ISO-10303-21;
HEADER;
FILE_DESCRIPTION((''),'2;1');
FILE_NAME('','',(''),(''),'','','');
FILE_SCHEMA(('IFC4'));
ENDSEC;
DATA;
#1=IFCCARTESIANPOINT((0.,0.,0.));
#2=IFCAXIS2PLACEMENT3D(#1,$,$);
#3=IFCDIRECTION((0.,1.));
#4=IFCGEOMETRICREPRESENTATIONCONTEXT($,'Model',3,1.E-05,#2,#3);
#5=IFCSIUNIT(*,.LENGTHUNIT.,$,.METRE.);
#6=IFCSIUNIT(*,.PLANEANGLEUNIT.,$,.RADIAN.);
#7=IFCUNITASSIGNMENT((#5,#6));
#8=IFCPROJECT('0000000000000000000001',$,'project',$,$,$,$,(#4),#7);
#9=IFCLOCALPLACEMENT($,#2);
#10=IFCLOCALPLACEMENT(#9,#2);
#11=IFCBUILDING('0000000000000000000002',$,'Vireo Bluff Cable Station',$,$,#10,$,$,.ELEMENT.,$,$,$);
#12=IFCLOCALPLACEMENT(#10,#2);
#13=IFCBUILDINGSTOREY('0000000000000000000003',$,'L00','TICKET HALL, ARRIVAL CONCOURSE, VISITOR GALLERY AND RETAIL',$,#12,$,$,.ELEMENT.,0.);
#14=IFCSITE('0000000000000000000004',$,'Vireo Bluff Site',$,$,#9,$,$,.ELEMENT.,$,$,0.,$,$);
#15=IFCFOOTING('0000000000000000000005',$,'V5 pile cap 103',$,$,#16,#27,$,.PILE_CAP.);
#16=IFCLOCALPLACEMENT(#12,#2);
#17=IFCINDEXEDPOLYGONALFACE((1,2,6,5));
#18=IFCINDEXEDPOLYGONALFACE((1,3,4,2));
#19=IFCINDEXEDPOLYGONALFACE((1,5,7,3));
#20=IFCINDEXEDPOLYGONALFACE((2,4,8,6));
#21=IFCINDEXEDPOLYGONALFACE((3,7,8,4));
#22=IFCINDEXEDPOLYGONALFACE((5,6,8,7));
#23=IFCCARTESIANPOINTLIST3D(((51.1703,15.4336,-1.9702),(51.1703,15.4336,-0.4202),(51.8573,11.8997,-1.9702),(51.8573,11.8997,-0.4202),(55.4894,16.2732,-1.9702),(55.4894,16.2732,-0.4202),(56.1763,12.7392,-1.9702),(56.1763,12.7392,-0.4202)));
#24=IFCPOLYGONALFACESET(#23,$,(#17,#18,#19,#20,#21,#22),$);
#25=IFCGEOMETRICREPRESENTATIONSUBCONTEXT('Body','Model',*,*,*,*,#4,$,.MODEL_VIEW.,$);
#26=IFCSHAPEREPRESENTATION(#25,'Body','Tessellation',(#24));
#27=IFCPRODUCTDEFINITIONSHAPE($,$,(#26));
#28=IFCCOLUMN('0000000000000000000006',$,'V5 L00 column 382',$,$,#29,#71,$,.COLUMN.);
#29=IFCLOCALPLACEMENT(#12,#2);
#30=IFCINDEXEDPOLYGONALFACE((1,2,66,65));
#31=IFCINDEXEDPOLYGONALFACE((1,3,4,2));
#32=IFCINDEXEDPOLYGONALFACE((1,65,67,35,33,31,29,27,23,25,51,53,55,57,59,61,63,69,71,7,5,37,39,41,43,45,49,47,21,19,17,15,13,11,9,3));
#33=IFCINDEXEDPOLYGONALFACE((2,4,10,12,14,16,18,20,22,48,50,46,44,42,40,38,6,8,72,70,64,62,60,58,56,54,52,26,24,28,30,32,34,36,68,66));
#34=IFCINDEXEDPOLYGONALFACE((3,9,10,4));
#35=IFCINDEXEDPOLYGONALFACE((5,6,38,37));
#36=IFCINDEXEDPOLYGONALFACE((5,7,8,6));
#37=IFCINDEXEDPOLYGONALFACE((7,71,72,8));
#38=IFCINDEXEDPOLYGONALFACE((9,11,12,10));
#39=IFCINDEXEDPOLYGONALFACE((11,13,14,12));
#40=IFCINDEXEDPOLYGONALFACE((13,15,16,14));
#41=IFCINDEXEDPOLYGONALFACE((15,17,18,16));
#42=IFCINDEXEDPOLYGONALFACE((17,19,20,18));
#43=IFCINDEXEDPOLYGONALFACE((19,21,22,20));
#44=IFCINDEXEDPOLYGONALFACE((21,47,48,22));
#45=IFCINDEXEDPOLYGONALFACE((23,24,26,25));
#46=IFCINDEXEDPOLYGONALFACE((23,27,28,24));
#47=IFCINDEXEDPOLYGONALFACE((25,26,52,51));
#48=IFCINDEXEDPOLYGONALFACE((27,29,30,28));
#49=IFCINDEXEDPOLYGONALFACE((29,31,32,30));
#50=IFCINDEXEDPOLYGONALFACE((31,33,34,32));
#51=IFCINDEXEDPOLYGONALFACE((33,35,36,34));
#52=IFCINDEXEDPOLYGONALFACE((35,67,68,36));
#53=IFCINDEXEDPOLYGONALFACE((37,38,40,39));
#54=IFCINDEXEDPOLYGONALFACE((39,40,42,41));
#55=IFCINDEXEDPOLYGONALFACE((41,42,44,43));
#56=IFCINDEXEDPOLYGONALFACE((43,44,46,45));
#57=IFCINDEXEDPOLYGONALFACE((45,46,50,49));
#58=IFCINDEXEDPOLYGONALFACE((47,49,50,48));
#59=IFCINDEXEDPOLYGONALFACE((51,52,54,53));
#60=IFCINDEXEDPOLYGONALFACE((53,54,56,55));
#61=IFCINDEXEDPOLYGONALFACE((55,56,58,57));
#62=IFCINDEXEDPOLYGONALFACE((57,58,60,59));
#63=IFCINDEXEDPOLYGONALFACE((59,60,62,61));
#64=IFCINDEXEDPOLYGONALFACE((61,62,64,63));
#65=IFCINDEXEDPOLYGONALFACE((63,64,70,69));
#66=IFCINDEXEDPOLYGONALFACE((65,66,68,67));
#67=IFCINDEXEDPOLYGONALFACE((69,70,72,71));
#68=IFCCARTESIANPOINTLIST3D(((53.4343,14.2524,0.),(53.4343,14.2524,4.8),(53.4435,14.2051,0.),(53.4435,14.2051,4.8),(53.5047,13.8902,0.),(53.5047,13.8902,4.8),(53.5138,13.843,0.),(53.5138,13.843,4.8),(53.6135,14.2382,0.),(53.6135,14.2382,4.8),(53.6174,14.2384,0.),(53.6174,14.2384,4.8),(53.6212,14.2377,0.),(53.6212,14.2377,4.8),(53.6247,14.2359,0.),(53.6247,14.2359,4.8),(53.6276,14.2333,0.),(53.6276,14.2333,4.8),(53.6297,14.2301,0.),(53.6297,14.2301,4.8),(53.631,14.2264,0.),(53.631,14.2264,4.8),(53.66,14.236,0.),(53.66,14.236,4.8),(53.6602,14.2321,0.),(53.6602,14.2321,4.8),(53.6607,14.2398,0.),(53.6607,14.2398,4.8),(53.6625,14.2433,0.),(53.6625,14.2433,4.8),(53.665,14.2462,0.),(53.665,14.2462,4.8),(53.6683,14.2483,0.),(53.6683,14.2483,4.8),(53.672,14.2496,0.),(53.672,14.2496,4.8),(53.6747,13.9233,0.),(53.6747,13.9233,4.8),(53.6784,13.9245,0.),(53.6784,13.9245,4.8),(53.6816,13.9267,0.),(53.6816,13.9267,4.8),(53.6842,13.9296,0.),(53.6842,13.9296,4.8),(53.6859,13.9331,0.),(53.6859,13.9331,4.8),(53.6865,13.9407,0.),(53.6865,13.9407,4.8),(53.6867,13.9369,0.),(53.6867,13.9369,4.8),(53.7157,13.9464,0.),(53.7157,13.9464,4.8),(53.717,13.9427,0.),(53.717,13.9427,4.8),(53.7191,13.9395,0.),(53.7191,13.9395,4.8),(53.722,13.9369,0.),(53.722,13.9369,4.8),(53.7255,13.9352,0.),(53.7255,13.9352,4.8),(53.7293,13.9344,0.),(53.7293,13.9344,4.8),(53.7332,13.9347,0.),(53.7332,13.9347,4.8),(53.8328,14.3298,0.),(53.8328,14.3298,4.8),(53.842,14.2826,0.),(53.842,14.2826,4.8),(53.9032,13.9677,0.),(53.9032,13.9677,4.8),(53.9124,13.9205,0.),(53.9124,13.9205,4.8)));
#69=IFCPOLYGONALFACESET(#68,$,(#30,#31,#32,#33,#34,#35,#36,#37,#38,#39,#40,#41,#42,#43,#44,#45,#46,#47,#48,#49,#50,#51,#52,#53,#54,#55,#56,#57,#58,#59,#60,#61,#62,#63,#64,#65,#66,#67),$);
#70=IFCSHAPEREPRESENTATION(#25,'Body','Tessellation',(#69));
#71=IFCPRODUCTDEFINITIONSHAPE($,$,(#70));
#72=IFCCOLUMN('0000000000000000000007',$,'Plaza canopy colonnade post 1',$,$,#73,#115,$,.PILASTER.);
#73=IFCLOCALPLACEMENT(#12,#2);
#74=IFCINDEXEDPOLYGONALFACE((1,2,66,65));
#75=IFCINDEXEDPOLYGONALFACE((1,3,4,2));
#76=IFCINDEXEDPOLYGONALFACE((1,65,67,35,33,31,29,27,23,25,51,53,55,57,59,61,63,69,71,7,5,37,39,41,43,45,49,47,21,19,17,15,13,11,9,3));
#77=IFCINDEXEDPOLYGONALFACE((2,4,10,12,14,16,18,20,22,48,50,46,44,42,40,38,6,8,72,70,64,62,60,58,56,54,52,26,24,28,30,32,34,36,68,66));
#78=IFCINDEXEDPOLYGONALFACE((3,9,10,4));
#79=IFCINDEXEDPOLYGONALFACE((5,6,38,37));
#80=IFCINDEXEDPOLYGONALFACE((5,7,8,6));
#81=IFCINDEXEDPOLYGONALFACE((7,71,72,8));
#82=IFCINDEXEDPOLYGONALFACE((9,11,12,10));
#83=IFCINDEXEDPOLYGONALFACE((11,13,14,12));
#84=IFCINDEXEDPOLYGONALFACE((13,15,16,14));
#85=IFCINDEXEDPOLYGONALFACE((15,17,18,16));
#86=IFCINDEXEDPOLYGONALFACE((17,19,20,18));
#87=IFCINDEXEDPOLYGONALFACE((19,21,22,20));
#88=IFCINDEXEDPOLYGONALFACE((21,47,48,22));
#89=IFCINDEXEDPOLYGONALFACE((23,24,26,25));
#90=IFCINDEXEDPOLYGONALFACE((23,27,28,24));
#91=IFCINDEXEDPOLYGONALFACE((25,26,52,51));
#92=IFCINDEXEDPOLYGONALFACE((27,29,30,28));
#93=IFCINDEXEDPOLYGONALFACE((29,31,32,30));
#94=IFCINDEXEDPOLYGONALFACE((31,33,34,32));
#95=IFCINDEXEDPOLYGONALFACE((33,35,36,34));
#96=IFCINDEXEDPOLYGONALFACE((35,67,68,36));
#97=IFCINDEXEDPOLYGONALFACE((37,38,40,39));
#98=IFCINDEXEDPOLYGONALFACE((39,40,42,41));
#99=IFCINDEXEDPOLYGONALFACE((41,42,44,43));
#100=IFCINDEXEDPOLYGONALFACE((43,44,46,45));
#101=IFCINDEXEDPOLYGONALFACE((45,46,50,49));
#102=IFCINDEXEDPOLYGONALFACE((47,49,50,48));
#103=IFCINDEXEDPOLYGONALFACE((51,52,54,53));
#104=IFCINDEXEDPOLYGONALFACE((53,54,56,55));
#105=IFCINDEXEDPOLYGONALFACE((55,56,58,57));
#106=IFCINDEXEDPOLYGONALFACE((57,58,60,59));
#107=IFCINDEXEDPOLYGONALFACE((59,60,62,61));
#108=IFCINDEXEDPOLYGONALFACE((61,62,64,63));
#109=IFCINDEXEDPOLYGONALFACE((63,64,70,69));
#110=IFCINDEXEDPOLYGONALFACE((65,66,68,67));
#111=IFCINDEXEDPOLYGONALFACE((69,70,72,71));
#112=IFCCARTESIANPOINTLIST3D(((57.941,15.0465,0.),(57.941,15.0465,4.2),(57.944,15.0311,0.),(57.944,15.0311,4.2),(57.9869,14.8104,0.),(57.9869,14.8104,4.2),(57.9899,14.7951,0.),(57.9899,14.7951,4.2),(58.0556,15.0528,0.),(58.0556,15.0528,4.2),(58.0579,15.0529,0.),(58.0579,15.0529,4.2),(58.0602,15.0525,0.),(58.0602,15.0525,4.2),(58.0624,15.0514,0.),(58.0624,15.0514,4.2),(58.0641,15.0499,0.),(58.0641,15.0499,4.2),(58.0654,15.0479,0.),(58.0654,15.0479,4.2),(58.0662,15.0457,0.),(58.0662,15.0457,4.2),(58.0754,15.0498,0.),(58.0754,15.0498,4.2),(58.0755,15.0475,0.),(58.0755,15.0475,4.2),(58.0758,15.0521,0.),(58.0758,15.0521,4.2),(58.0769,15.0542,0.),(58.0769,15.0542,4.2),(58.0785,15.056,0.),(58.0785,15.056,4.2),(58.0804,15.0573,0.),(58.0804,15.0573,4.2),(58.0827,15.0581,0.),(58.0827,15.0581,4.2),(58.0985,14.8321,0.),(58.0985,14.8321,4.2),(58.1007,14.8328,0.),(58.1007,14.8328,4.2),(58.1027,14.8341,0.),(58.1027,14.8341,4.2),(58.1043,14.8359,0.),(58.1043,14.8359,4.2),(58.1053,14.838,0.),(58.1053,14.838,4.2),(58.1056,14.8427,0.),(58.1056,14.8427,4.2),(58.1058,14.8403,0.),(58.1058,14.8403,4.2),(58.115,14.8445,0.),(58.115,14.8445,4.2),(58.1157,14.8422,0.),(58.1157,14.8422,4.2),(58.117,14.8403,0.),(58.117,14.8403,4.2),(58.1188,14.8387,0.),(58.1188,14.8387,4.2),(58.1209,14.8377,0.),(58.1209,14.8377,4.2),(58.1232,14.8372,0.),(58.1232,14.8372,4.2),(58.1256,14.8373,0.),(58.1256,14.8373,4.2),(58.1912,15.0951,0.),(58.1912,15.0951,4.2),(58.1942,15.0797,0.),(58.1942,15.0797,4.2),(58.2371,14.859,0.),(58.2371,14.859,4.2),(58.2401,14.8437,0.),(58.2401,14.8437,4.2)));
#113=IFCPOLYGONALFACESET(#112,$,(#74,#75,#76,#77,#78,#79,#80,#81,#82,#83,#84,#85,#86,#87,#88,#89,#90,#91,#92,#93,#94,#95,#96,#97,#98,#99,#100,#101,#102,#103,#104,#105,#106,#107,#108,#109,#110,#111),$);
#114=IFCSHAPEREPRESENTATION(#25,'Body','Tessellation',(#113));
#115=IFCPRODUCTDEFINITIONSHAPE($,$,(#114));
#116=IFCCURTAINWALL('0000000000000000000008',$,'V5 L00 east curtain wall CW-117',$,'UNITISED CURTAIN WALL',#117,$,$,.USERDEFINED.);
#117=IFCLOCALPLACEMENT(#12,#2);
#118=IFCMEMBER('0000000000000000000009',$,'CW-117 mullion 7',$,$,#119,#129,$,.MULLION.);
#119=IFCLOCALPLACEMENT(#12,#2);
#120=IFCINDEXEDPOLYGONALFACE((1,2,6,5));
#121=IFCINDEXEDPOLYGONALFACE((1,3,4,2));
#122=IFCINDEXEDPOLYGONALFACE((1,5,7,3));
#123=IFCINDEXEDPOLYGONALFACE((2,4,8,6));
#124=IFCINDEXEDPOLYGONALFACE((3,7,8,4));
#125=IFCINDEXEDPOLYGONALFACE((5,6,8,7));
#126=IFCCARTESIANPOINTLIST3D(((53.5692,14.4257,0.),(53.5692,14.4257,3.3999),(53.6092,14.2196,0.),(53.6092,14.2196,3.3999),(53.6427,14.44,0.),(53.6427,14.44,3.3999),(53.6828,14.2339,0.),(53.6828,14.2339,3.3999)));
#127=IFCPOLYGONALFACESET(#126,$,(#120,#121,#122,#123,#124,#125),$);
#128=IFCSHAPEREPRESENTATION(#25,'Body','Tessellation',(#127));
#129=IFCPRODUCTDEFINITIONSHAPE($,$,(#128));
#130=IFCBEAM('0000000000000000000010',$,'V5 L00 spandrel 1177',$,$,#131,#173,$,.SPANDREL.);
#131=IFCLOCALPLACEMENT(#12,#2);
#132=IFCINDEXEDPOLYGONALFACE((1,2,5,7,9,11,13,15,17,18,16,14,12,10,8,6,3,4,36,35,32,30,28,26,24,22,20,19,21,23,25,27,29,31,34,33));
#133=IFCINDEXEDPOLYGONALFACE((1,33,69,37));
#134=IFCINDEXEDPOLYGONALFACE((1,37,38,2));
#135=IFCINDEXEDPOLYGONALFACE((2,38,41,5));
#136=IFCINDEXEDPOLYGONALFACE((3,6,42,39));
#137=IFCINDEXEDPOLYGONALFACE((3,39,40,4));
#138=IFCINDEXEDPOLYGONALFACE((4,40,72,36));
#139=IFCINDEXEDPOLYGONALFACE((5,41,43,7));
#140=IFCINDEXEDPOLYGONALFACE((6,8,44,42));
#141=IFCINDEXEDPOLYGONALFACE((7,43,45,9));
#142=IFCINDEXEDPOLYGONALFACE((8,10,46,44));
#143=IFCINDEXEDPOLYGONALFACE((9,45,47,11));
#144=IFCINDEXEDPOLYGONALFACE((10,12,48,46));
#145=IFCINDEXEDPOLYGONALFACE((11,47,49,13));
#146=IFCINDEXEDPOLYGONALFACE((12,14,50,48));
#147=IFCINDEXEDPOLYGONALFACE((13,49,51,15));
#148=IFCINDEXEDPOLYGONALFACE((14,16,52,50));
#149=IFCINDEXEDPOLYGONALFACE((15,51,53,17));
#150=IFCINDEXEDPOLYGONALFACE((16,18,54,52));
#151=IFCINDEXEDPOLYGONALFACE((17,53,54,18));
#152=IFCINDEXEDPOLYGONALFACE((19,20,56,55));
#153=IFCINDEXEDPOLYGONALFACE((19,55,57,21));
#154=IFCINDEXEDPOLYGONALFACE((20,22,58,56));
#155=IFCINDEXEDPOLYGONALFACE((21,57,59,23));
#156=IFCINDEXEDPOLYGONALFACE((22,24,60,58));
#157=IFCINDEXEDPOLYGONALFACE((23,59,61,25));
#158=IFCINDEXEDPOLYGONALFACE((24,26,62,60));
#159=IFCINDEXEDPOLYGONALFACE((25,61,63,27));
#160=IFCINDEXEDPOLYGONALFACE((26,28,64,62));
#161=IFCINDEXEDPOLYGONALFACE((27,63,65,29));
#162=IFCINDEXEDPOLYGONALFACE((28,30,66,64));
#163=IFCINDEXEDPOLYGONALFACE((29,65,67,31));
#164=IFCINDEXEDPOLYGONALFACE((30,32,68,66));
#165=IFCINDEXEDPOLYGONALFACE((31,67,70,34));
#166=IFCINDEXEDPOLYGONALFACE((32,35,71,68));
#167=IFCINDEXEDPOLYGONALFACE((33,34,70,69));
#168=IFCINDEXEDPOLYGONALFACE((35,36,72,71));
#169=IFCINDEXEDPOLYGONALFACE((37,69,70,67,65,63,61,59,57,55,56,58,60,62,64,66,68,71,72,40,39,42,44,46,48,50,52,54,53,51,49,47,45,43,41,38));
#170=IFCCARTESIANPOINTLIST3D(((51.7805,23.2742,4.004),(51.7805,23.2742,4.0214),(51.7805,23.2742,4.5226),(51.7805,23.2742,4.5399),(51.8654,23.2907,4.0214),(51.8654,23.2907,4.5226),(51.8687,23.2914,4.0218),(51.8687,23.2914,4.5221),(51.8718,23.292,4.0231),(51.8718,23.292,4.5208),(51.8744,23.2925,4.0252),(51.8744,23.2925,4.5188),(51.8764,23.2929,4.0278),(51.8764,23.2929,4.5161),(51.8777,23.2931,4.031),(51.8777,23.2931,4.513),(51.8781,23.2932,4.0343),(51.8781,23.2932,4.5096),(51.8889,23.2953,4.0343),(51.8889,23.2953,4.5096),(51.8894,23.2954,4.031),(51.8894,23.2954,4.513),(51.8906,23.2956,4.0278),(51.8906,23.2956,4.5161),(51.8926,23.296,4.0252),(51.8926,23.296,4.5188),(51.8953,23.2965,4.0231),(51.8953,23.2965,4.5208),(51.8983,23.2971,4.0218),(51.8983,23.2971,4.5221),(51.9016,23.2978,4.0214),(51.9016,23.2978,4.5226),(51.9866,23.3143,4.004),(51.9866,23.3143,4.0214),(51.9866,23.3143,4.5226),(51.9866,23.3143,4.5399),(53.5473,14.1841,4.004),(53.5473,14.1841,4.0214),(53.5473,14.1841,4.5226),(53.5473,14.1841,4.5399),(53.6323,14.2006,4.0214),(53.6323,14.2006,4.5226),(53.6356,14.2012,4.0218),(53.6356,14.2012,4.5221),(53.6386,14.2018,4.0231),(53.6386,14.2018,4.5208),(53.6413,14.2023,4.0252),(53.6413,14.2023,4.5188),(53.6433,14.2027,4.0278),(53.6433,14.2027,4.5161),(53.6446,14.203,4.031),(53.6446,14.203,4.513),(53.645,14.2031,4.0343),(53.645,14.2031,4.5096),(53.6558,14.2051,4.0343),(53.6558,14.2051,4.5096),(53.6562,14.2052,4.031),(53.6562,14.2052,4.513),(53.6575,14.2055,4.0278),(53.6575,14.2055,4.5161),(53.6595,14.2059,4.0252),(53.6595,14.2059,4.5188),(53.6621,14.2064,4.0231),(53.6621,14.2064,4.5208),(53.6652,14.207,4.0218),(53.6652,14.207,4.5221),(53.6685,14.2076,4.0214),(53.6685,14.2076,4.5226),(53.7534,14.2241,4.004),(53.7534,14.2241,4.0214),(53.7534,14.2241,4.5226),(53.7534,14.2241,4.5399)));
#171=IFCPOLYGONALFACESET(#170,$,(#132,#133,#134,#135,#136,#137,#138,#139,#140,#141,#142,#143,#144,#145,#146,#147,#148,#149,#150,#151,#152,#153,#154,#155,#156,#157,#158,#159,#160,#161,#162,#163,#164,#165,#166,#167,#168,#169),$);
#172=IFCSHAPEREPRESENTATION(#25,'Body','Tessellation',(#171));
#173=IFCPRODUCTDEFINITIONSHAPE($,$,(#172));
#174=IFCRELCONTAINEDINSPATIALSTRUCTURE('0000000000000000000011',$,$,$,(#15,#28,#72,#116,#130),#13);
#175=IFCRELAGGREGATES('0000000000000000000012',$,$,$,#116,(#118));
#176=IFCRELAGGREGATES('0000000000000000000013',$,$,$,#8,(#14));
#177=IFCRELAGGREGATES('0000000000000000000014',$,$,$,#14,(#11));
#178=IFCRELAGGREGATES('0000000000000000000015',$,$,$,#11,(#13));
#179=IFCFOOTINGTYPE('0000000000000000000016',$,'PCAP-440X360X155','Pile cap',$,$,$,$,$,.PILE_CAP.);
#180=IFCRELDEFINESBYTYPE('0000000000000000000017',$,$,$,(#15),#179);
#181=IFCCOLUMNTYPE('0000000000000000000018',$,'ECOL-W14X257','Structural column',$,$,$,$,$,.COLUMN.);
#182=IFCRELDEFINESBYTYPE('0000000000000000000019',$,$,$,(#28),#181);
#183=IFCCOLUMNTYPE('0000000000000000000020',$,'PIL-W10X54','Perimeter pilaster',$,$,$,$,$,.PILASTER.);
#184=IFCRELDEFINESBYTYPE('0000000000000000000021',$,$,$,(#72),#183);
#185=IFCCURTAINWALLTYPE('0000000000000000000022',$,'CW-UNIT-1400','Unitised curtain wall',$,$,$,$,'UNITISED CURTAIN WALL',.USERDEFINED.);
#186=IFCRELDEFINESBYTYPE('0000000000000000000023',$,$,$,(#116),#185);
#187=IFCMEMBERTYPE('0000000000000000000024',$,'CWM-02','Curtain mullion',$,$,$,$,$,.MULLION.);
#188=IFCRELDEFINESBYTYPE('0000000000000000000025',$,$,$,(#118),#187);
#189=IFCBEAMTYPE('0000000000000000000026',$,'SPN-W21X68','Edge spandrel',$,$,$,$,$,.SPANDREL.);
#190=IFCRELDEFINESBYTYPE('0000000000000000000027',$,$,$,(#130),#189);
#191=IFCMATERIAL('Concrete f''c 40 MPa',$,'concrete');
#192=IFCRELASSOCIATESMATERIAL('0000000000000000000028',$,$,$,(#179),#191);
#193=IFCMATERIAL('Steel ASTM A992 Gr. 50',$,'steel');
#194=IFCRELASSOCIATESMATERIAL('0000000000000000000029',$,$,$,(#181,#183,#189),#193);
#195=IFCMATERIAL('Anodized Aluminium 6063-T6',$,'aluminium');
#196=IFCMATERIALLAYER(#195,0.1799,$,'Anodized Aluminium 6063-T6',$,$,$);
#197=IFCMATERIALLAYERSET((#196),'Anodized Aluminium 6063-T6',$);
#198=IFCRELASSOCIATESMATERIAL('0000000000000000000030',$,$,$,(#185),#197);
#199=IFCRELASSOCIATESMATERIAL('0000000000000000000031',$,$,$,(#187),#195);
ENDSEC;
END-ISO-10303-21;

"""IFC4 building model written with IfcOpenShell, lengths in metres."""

from ifc_helpers import new_model, si_unit, direction, frame, origin, origin_2d, place, context, subcontext, project, spatial, rectangle, i_section, extrude, material, layer, layer_set, material_profile, profile_set, type_object, element, aggregate, save


model = new_model("IFC4")

# Units and contexts
model_context = context("Model", 3, precision=1e-05, world=origin(), true_north=direction((0.0, 1.0)))
body_context = subcontext(model_context, "Body", "Model", "MODEL_VIEW")
ifc_project = project(units=[si_unit("LENGTHUNIT", "METRE"), si_unit("PLANEANGLEUNIT", "RADIAN")], contexts=[model_context])

# Site, building, storey
site_placement = place(None, origin())
site = spatial("IfcSite", under=ifc_project, at=site_placement, Name="Vireo Bluff Site", CompositionType="ELEMENT", RefElevation=0.0)
building_placement = place(site_placement, origin())
building = spatial("IfcBuilding", under=site, at=building_placement, Name="Vireo Bluff Cable Station", CompositionType="ELEMENT")
storey_placement = place(building_placement, origin())
storey = spatial("IfcBuildingStorey", under=building, at=storey_placement, Name="L00", Description="TICKET HALL, ARRIVAL CONCOURSE, VISITOR GALLERY AND RETAIL", CompositionType="ELEMENT", Elevation=0.0)

# Footing
ifc_material_1 = material(Name="Concrete f'c 40 MPa", Category="concrete")
footing_type_1 = type_object("IfcFootingType", Name="PCAP-440X360X155", Description="Pile cap", PredefinedType="PILE_CAP", material=ifc_material_1)
footing_1_placement = place(storey_placement, frame((53.6733, 14.0864, -1.9702), z_axis=(0.0, 0.0, 1.0), x_axis=(0.981627, 0.190809, 0.0)))
element("IfcFooting", 1, at=footing_1_placement, inside=storey, type_object=footing_type_1, Name="V5 pile cap 103", PredefinedType="PILE_CAP", context=body_context, shape_type="SweptSolid", body=[
    extrude(rectangle(XDim=4.3999, YDim=3.6001, at=origin_2d()), origin(), (0.0, 0.0, 1.0), 1.55),
])

# Columns
ifc_material_2 = material(Name="Steel ASTM A992 Gr. 50", Category="steel")
ifc_material_profile_1 = material_profile(ifc_material_2, i_section(OverallWidth=0.406, OverallDepth=0.417, WebThickness=0.0298, FlangeThickness=0.0481, FilletRadius=0.0149, at=origin_2d()), Name="W14X257")
ifc_profile_set_1 = profile_set([ifc_material_profile_1], Name="Steel ASTM A992 Gr. 50")
column_type_1 = type_object("IfcColumnType", Name="ECOL-W14X257", Description="Structural column", PredefinedType="COLUMN", material=ifc_profile_set_1)
column_1_placement = place(storey_placement, frame((53.6733, 14.0864, 0.0), z_axis=(0.0, 0.0, 1.0), x_axis=(0.981627, 0.190809, 0.0)))
element("IfcColumn", 2, at=column_1_placement, inside=storey, type_object=column_type_1, Name="V5 L00 column 382", PredefinedType="COLUMN", context=body_context, shape_type="SweptSolid", body=[
    extrude(i_section(OverallWidth=0.406, OverallDepth=0.417, WebThickness=0.0298, FlangeThickness=0.0481, FilletRadius=0.0149, at=origin_2d()), origin(), (0.0, 0.0, 1.0), 4.8),
])
ifc_material_profile_2 = material_profile(ifc_material_2, i_section(OverallWidth=0.2549, OverallDepth=0.2561, WebThickness=0.0095, FlangeThickness=0.0156, FilletRadius=0.009, at=origin_2d()), Name="W10X54")
ifc_profile_set_2 = profile_set([ifc_material_profile_2], Name="Steel ASTM A992 Gr. 50")
column_type_2 = type_object("IfcColumnType", Name="PIL-W10X54", Description="Perimeter pilaster", PredefinedType="PILASTER", material=ifc_profile_set_2)
column_2_placement = place(storey_placement, frame((58.0906, 14.9451, 0.0), z_axis=(0.0, 0.0, 1.0), x_axis=(0.981627, 0.190809, 0.0)))
element("IfcColumn", 3, at=column_2_placement, inside=storey, type_object=column_type_2, Name="Plaza canopy colonnade post 1", PredefinedType="PILASTER", context=body_context, shape_type="SweptSolid", body=[
    extrude(i_section(OverallWidth=0.2549, OverallDepth=0.2561, WebThickness=0.0095, FlangeThickness=0.0156, FilletRadius=0.009, at=origin_2d()), origin(), (0.0, 0.0, 1.0), 4.2),
])

# Curtain wall, member
ifc_material_3 = material(Name="Anodized Aluminium 6063-T6", Category="aluminium")
ifc_layer_1 = layer(ifc_material_3, 0.1799, Name="Anodized Aluminium 6063-T6")
ifc_layer_set_1 = layer_set([ifc_layer_1], Name="Anodized Aluminium 6063-T6")
curtain_wall_type = type_object("IfcCurtainWallType", Name="CW-UNIT-1400", Description="Unitised curtain wall", ElementType="UNITISED CURTAIN WALL", PredefinedType="USERDEFINED", material=ifc_layer_set_1)
curtain_wall_placement = place(storey_placement, origin())
curtain_wall = element("IfcCurtainWall", 4, at=curtain_wall_placement, inside=storey, type_object=curtain_wall_type, Name="V5 L00 east curtain wall CW-117", ObjectType="UNITISED CURTAIN WALL", PredefinedType="USERDEFINED")
ifc_material_profile_3 = material_profile(ifc_material_3, rectangle(XDim=0.075, YDim=0.21, at=origin_2d()), Name="ALU-M-75X210")
ifc_profile_set_3 = profile_set([ifc_material_profile_3], Name="Anodized Aluminium 6063-T6")
member_type_1 = type_object("IfcMemberType", Name="CWM-02", Description="Curtain mullion", PredefinedType="MULLION", material=ifc_profile_set_3)
member_1_placement = place(storey_placement, frame((53.626, 14.3298, 0.0), z_axis=(0.0, 0.0, 1.0), x_axis=(0.981627, 0.190809, 0.0)))
member_1 = element("IfcMember", 5, at=member_1_placement, type_object=member_type_1, Name="CW-117 mullion 7", PredefinedType="MULLION", context=body_context, shape_type="SweptSolid", body=[
    extrude(rectangle(XDim=0.075, YDim=0.21, at=origin_2d()), origin(), (0.0, 0.0, 1.0), 3.3999),
])

# Beam
ifc_material_profile_4 = material_profile(ifc_material_2, i_section(OverallWidth=0.21, OverallDepth=0.5359, WebThickness=0.011, FlangeThickness=0.0173, FilletRadius=0.0129, at=origin_2d()), Name="W21X68")
ifc_profile_set_4 = profile_set([ifc_material_profile_4], Name="Steel ASTM A992 Gr. 50")
beam_type_1 = type_object("IfcBeamType", Name="SPN-W21X68", Description="Edge spandrel", PredefinedType="SPANDREL", material=ifc_profile_set_4)
beam_1_placement = place(storey_placement, frame((53.6504, 14.2041, 4.272), z_axis=(-0.1908, 0.981629, 0.0), x_axis=(-0.981629, -0.1908, 0.0)))
element("IfcBeam", 6, at=beam_1_placement, inside=storey, type_object=beam_type_1, Name="V5 L00 spandrel 1177", PredefinedType="SPANDREL", context=body_context, shape_type="SweptSolid", body=[
    extrude(i_section(OverallWidth=0.21, OverallDepth=0.5359, WebThickness=0.011, FlangeThickness=0.0173, FilletRadius=0.0129, at=origin_2d()), origin(), (0.0, 0.0, 1.0), 9.2603),
])

aggregate(curtain_wall, [member_1])

save(model, "model.ifc")
